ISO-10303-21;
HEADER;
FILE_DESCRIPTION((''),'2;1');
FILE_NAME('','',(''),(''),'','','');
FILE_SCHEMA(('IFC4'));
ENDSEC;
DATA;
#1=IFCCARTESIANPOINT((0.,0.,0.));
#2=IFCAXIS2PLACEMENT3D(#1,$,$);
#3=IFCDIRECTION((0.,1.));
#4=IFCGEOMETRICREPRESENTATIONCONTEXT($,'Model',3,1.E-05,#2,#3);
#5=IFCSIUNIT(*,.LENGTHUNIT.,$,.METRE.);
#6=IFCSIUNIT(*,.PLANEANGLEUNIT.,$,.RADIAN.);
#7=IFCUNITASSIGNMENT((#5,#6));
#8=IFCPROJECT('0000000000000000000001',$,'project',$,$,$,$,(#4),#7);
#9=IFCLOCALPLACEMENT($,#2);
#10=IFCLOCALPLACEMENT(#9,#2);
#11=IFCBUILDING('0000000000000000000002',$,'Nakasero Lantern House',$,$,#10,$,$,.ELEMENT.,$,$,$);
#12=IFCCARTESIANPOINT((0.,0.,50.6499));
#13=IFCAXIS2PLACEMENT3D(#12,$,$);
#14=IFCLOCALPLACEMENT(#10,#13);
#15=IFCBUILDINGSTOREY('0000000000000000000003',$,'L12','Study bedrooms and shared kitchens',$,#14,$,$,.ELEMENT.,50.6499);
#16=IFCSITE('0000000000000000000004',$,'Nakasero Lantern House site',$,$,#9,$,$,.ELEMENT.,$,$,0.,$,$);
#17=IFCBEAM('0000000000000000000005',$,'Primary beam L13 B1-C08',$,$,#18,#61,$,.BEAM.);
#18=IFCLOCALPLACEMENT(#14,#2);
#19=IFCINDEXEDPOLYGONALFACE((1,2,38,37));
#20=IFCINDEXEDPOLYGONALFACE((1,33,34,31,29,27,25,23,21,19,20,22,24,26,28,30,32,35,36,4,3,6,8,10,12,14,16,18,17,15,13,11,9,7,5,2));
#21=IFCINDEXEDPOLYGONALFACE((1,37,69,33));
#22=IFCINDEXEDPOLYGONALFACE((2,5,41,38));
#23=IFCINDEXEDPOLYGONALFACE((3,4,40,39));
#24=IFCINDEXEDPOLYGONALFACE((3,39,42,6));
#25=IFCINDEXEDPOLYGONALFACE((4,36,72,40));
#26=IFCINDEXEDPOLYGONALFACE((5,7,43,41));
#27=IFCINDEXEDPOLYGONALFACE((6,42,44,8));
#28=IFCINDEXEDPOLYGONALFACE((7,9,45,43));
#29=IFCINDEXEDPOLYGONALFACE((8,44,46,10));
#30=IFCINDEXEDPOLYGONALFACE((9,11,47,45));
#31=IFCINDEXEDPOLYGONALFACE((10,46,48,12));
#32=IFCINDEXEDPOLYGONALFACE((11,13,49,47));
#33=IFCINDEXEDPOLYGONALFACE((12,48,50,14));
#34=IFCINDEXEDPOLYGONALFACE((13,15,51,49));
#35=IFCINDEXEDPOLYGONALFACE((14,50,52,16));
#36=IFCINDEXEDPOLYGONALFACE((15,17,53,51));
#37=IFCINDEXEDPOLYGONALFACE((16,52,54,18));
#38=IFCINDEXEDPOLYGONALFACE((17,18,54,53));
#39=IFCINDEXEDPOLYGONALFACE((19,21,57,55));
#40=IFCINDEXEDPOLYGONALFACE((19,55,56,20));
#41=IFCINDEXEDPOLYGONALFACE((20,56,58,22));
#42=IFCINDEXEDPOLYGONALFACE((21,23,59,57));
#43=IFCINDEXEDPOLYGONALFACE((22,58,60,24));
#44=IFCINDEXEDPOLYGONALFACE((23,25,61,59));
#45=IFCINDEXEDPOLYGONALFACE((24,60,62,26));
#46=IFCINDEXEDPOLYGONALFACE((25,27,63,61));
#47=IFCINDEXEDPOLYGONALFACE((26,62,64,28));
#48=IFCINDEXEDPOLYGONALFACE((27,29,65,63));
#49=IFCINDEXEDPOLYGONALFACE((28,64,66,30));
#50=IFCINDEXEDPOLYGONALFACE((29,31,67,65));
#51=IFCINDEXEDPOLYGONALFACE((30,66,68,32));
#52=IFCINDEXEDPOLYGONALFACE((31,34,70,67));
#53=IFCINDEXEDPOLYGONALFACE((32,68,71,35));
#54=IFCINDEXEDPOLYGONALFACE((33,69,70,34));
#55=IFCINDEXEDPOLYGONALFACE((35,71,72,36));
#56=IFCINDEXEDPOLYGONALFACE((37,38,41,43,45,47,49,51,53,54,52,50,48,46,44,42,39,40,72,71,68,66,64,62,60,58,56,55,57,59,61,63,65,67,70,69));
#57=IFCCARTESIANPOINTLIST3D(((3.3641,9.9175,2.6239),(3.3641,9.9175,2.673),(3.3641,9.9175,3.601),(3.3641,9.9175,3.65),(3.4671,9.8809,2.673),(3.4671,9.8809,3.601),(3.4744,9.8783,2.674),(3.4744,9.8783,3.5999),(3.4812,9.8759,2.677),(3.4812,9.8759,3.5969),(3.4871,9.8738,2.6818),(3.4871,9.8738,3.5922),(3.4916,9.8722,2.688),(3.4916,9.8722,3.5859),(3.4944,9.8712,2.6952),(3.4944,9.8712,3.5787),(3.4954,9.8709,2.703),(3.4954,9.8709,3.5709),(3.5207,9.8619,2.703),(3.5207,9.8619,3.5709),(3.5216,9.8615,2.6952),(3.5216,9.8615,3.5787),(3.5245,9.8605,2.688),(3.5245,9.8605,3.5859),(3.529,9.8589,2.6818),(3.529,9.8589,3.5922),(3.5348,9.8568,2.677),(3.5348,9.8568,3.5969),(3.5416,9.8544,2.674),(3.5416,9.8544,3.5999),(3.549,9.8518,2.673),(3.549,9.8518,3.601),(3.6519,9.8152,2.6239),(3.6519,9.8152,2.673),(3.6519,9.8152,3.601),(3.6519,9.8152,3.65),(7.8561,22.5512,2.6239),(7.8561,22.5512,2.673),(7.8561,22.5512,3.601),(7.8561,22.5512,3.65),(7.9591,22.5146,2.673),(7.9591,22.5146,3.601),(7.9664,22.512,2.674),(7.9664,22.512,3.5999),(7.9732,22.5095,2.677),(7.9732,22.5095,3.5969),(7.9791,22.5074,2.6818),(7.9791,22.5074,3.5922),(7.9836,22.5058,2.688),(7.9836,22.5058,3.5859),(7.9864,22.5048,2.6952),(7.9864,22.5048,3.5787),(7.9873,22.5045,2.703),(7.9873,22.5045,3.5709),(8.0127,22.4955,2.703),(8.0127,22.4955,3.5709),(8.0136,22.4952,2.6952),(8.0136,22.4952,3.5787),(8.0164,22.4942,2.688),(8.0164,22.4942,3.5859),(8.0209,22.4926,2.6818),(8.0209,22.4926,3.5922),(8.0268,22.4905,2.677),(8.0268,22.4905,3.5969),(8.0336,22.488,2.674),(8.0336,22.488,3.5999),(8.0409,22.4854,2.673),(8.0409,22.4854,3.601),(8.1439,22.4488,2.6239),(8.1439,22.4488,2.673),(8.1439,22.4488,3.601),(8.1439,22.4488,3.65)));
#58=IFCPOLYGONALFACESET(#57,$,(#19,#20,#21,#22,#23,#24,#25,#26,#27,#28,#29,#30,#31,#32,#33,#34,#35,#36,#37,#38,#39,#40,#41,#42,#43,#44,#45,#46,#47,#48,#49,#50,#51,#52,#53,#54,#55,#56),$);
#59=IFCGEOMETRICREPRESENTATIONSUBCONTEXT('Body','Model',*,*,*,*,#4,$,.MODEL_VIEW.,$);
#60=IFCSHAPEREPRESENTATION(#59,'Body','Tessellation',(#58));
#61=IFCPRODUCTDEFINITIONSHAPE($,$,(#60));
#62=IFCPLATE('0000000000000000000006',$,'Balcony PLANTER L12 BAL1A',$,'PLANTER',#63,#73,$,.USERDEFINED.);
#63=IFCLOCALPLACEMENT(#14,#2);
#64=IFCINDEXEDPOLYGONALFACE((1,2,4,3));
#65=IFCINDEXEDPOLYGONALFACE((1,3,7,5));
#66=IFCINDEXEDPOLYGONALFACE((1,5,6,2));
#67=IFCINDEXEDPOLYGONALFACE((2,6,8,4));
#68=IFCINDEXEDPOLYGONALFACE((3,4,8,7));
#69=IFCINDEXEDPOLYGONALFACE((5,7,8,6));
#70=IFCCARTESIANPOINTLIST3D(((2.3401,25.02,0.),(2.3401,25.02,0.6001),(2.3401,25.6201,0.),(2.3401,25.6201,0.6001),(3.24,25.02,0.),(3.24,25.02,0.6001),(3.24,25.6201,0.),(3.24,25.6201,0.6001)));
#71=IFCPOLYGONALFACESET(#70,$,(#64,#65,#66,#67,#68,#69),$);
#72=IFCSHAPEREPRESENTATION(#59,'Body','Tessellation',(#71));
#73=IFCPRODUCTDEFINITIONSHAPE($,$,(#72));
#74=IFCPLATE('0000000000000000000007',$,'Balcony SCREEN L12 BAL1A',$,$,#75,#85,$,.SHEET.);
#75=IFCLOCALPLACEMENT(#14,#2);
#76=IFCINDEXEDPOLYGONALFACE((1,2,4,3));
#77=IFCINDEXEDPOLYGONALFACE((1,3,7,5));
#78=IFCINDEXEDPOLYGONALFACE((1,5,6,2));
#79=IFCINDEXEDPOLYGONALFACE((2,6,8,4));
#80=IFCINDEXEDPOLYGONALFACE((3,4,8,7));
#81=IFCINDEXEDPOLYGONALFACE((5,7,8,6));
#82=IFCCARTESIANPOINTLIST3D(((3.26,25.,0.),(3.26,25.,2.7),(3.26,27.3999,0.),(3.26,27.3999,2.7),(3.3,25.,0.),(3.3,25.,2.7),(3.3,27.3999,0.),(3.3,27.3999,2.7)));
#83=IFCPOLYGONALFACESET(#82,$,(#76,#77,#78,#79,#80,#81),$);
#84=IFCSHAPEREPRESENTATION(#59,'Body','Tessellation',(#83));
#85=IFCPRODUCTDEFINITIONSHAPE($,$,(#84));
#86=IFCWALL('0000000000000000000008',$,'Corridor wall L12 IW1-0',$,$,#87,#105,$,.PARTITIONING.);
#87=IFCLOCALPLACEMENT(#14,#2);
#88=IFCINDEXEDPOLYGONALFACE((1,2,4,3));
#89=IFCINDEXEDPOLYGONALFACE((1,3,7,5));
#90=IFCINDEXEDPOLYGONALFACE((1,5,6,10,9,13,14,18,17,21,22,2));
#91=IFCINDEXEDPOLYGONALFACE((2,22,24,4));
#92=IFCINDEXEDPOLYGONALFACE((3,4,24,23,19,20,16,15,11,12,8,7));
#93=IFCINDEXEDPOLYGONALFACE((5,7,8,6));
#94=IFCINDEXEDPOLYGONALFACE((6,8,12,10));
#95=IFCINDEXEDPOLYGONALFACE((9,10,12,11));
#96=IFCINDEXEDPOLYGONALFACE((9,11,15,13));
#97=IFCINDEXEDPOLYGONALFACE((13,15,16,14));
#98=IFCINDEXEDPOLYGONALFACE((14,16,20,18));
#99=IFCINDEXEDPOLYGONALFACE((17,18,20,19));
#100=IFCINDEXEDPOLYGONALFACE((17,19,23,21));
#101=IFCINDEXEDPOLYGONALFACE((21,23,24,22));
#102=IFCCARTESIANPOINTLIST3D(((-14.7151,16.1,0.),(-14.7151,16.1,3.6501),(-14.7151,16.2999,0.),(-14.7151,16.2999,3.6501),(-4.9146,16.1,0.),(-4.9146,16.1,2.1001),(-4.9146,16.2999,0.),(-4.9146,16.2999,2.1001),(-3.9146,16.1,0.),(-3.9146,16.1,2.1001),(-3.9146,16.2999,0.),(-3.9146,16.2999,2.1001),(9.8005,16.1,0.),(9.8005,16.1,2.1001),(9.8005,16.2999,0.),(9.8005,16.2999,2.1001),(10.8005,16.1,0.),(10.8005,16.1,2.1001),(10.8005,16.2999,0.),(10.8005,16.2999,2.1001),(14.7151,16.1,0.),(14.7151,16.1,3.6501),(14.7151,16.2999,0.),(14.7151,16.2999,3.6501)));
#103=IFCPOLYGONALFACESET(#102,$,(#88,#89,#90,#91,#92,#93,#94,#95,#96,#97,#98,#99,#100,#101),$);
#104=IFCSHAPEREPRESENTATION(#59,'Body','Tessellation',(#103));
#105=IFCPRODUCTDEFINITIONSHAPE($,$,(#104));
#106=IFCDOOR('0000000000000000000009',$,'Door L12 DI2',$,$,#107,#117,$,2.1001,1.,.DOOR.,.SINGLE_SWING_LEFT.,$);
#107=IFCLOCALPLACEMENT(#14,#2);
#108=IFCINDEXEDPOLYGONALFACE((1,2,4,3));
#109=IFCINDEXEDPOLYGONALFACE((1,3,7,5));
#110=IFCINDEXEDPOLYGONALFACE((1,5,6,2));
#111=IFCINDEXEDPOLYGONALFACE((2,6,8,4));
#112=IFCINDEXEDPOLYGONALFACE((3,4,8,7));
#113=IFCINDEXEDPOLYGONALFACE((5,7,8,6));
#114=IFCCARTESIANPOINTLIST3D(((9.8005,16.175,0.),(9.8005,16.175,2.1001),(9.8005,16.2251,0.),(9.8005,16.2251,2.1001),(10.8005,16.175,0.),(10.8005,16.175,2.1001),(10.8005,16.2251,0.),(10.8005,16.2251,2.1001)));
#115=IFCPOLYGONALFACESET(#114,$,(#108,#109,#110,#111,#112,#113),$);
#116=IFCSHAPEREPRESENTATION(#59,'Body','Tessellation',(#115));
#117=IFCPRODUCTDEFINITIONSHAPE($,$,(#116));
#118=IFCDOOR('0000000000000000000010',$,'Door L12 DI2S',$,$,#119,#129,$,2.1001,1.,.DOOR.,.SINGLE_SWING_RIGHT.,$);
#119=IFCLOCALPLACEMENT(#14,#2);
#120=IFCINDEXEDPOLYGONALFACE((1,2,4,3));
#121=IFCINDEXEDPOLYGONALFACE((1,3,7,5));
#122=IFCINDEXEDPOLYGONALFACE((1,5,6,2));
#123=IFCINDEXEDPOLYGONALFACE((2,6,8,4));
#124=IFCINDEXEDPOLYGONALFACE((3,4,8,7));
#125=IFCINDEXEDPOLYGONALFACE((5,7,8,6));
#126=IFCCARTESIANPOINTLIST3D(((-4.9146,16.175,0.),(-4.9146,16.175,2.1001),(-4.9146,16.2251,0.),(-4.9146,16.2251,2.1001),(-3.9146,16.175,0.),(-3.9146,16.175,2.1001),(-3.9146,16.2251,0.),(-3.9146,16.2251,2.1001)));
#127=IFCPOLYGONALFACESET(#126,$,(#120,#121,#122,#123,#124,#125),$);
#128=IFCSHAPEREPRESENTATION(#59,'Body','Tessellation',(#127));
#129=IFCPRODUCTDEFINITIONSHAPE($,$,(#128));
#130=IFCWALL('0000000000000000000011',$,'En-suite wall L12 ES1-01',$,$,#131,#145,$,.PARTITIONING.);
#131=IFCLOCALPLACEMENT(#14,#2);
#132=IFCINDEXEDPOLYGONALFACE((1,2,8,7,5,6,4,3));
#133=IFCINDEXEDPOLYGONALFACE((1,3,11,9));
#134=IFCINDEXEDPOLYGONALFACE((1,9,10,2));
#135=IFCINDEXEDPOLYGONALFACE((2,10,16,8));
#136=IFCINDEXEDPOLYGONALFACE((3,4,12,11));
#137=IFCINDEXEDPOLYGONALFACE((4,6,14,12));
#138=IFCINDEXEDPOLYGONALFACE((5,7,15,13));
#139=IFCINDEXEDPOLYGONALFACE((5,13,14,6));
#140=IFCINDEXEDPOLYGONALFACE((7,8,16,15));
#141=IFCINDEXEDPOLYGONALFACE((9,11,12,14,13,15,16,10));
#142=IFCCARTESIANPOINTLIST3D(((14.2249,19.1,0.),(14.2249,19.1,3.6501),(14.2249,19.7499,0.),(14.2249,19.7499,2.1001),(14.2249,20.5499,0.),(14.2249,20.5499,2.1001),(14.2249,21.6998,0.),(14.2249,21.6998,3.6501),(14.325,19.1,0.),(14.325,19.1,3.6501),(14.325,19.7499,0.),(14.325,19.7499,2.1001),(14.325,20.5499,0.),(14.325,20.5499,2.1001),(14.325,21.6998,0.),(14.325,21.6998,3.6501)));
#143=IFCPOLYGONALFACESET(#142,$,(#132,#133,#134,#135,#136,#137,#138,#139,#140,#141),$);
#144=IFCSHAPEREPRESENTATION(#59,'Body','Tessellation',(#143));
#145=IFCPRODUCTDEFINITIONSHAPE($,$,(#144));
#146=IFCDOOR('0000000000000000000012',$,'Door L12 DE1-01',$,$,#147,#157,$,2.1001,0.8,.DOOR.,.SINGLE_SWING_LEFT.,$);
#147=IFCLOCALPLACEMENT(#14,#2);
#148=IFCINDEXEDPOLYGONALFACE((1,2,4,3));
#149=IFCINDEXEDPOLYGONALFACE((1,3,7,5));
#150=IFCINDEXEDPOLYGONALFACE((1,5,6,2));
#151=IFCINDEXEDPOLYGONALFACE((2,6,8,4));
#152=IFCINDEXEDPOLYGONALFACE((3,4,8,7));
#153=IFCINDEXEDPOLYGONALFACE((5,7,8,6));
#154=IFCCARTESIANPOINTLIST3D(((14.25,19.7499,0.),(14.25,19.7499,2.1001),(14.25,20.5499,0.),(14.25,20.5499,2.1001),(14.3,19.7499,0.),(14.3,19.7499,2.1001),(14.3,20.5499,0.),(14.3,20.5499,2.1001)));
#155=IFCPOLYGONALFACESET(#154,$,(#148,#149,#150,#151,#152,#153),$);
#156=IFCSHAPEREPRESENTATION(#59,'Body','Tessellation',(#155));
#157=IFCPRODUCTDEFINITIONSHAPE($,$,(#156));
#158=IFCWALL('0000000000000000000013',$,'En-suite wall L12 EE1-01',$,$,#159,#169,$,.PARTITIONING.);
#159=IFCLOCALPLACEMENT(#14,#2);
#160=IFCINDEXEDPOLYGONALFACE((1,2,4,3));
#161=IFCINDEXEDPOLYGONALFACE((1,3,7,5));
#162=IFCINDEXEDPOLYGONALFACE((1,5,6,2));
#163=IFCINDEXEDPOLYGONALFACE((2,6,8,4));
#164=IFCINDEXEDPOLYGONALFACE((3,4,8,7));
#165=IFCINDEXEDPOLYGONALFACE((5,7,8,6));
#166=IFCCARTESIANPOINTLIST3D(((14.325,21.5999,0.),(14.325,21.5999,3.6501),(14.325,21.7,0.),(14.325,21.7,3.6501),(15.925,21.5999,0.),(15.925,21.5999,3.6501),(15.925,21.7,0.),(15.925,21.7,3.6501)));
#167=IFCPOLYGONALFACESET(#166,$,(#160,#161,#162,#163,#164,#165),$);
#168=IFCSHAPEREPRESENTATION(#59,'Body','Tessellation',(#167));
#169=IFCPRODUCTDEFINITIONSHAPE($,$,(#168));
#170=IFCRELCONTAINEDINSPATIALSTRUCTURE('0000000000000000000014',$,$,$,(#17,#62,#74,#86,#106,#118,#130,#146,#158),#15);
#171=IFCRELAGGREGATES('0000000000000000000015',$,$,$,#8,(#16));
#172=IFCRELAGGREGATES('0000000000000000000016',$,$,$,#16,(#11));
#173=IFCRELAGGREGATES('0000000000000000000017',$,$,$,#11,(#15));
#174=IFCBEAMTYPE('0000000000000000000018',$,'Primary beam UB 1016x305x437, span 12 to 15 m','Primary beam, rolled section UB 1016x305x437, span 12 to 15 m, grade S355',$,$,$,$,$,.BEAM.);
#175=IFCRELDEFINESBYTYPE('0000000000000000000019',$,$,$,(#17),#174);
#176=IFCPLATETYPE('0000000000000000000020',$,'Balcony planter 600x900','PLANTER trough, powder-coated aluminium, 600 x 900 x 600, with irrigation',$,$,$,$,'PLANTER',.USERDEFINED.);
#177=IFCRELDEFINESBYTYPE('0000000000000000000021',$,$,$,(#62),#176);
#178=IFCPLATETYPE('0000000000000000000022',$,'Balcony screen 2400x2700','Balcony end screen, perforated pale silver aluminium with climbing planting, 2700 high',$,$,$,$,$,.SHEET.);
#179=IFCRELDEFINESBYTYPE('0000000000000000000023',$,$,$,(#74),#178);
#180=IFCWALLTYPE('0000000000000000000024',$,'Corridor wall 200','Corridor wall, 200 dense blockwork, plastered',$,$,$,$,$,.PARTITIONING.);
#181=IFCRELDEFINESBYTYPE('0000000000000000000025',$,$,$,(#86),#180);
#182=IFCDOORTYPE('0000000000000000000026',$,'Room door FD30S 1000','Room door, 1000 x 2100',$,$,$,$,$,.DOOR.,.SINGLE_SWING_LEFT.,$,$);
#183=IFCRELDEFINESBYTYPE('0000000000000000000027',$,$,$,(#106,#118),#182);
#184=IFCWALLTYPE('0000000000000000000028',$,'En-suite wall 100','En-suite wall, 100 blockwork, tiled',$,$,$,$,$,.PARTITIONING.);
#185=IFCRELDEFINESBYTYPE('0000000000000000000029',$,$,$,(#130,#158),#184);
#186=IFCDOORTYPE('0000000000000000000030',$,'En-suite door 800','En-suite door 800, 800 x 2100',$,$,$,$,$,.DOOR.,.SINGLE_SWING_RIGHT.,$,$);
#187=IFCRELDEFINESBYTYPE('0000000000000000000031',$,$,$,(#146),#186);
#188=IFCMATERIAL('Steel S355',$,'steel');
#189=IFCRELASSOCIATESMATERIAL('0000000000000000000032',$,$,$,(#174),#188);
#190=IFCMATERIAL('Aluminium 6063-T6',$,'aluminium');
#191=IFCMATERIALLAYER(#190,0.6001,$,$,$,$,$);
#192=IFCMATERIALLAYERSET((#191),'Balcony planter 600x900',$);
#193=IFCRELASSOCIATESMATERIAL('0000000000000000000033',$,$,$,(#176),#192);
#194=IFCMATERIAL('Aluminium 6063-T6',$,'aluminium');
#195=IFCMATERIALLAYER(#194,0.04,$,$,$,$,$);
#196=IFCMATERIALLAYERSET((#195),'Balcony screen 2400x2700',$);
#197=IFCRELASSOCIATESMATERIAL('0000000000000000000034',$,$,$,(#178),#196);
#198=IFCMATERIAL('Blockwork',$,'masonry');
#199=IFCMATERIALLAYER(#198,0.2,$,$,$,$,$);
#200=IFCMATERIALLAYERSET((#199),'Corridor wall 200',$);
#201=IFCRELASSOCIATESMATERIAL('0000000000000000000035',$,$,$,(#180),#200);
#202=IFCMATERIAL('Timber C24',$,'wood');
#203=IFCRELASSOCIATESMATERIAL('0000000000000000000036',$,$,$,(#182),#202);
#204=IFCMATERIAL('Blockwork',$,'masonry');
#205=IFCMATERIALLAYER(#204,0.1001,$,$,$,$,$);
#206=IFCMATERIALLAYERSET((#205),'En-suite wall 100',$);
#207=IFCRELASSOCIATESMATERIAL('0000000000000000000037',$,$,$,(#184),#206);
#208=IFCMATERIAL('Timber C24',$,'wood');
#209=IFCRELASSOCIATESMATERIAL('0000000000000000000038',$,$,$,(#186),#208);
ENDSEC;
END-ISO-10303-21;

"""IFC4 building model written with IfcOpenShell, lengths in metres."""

from ifc_helpers import new_model, si_unit, direction, frame, frame_2d, origin, origin_2d, place, context, subcontext, project, spatial, rectangle, i_section, extrude, material, layer, layer_set, material_profile, profile_set, type_object, element, fill, save


model = new_model("IFC4")

# Units and contexts
model_context = context("Model", 3, precision=1e-05, world=origin(), true_north=direction((0.0, 1.0)))
body_context = subcontext(model_context, "Body", "Model", "MODEL_VIEW")
ifc_project = project(units=[si_unit("LENGTHUNIT", "METRE"), si_unit("PLANEANGLEUNIT", "RADIAN")], contexts=[model_context])

# Site, building, storey
site_placement = place(None, origin())
site = spatial("IfcSite", under=ifc_project, at=site_placement, Name="Nakasero Lantern House site", CompositionType="ELEMENT", RefElevation=0.0)
building_placement = place(site_placement, origin())
building = spatial("IfcBuilding", under=site, at=building_placement, Name="Nakasero Lantern House", CompositionType="ELEMENT")
storey_placement = place(building_placement, frame((0.0, 0.0, 50.6499)))
storey = spatial("IfcBuildingStorey", under=building, at=storey_placement, Name="L12", Description="Study bedrooms and shared kitchens", CompositionType="ELEMENT", Elevation=50.6499)

# Beam
ifc_material_1 = material(Name="Steel S355", Category="steel")
ifc_material_profile_1 = material_profile(ifc_material_1, i_section(OverallWidth=0.3054, OverallDepth=1.0261, WebThickness=0.0269, FlangeThickness=0.0491, FilletRadius=0.03, at=origin_2d()), Name="UB 1016x305x437")
ifc_profile_set_1 = profile_set([ifc_material_profile_1], Name="Steel S355")
beam_type_1 = type_object("IfcBeamType", Name="Primary beam UB 1016x305x437, span 12 to 15 m", Description="Primary beam, rolled section UB 1016x305x437, span 12 to 15 m, grade S355", PredefinedType="BEAM", material=ifc_profile_set_1)
beam_1_placement = place(storey_placement, frame((8.0, 22.5, 3.137), z_axis=(-0.335011, -0.942214, 0.0), x_axis=(0.942214, -0.335011, 0.0)))
element("IfcBeam", 1, at=beam_1_placement, inside=storey, type_object=beam_type_1, Name="Primary beam L13 B1-C08", PredefinedType="BEAM", context=body_context, shape_type="SweptSolid", body=[
    extrude(i_section(OverallWidth=0.3054, OverallDepth=1.0261, WebThickness=0.0269, FlangeThickness=0.0491, FilletRadius=0.03, at=origin_2d()), origin(), (0.0, 0.0, 1.0), 13.4084),
])

# Plates
ifc_material_2 = material(Name="Aluminium 6063-T6", Category="aluminium")
ifc_layer_1 = layer(ifc_material_2, 0.6001)
ifc_layer_set_1 = layer_set([ifc_layer_1], Name="Balcony planter 600x900")
plate_type_1 = type_object("IfcPlateType", Name="Balcony planter 600x900", Description="PLANTER trough, powder-coated aluminium, 600 x 900 x 600, with irrigation", ElementType="PLANTER", PredefinedType="USERDEFINED", material=ifc_layer_set_1)
plate_1_placement = place(storey_placement, frame((2.79, 25.3201, 0.0), z_axis=(0.0, 0.0, 1.0), x_axis=(0.0, 1.0, 0.0)))
element("IfcPlate", 2, at=plate_1_placement, inside=storey, type_object=plate_type_1, Name="Balcony PLANTER L12 BAL1A", ObjectType="PLANTER", PredefinedType="USERDEFINED", context=body_context, shape_type="SweptSolid", body=[
    extrude(rectangle(XDim=0.6001, YDim=0.8999, at=origin_2d()), origin(), (0.0, 0.0, 1.0), 0.6001),
])
ifc_material_3 = material(Name="Aluminium 6063-T6", Category="aluminium")
ifc_layer_2 = layer(ifc_material_3, 0.04)
ifc_layer_set_2 = layer_set([ifc_layer_2], Name="Balcony screen 2400x2700")
plate_type_2 = type_object("IfcPlateType", Name="Balcony screen 2400x2700", Description="Balcony end screen, perforated pale silver aluminium with climbing planting, 2700 high", PredefinedType="SHEET", material=ifc_layer_set_2)
plate_2_placement = place(storey_placement, frame((3.28, 26.2, 0.0), z_axis=(0.0, 0.0, 1.0), x_axis=(0.0, 1.0, 0.0)))
element("IfcPlate", 3, at=plate_2_placement, inside=storey, type_object=plate_type_2, Name="Balcony SCREEN L12 BAL1A", PredefinedType="SHEET", context=body_context, shape_type="SweptSolid", body=[
    extrude(rectangle(XDim=2.3999, YDim=0.04, at=origin_2d()), origin(), (0.0, 0.0, 1.0), 2.7),
])

# Wall, openings, doors
ifc_material_4 = material(Name="Blockwork", Category="masonry")
ifc_layer_3 = layer(ifc_material_4, 0.2)
ifc_layer_set_3 = layer_set([ifc_layer_3], Name="Corridor wall 200")
wall_type_1 = type_object("IfcWallType", Name="Corridor wall 200", Description="Corridor wall, 200 dense blockwork, plastered", PredefinedType="PARTITIONING", material=ifc_layer_set_3)
wall_1_placement = place(storey_placement, frame((14.7151, 16.2, 0.0), z_axis=(0.0, 0.0, 1.0), x_axis=(-1.0, 0.0, 0.0)))
wall_1 = element("IfcWall", 4, at=wall_1_placement, inside=storey, type_object=wall_type_1, Name="Corridor wall L12 IW1-0", PredefinedType="PARTITIONING", context=body_context, shape_type="SweptSolid", body=[
    extrude(rectangle(XDim=29.4302, YDim=0.2, at=frame_2d((14.7151, 0.0))), origin(), (0.0, 0.0, 1.0), 3.6501),
])
opening_1_placement = place(wall_1_placement, frame((3.9146, 0.0, 0.0)))
opening_1 = element("IfcOpeningElement", 5, at=opening_1_placement, cuts=wall_1, PredefinedType="OPENING", context=body_context, shape_type="SweptSolid", body=[
    extrude(rectangle(XDim=1.0, YDim=2.1001, at=frame_2d((0.5, 1.05))), frame((0.0, 0.1199, 0.0), z_axis=(0.0, -1.0, 0.0), x_axis=(1.0, 0.0, 0.0)), (0.0, 0.0, 1.0), 0.24),
])
opening_2_placement = place(wall_1_placement, frame((18.6296, 0.0, 0.0)))
opening_2 = element("IfcOpeningElement", 6, at=opening_2_placement, cuts=wall_1, PredefinedType="OPENING", context=body_context, shape_type="SweptSolid", body=[
    extrude(rectangle(XDim=1.0, YDim=2.1001, at=frame_2d((0.5, 1.05))), frame((0.0, 0.1199, 0.0), z_axis=(0.0, -1.0, 0.0), x_axis=(1.0, 0.0, 0.0)), (0.0, 0.0, 1.0), 0.24),
])
ifc_material_5 = material(Name="Timber C24", Category="wood")
door_type_1 = type_object("IfcDoorType", Name="Room door FD30S 1000", Description="Room door, 1000 x 2100", OperationType="SINGLE_SWING_LEFT", PredefinedType="DOOR", material=ifc_material_5)
door_1_placement = place(opening_1_placement, origin())
door_1 = element("IfcDoor", 7, at=door_1_placement, inside=storey, type_object=door_type_1, Name="Door L12 DI2", OperationType="SINGLE_SWING_LEFT", OverallHeight=2.1001, OverallWidth=1.0, PredefinedType="DOOR", context=body_context, shape_type="SweptSolid", body=[
    extrude(rectangle(XDim=1.0, YDim=2.1001, at=frame_2d((0.5, 1.05))), frame((0.0, 0.0249, 0.0), z_axis=(0.0, -1.0, 0.0), x_axis=(1.0, 0.0, 0.0)), (0.0, 0.0, 1.0), 0.05),
])
fill(opening_1, door_1)
door_2_placement = place(opening_2_placement, origin())
door_2 = element("IfcDoor", 8, at=door_2_placement, inside=storey, type_object=door_type_1, Name="Door L12 DI2S", OperationType="SINGLE_SWING_RIGHT", OverallHeight=2.1001, OverallWidth=1.0, PredefinedType="DOOR", context=body_context, shape_type="SweptSolid", body=[
    extrude(rectangle(XDim=1.0, YDim=2.1001, at=frame_2d((0.5, 1.05))), frame((0.0, 0.0249, 0.0), z_axis=(0.0, -1.0, 0.0), x_axis=(1.0, 0.0, 0.0)), (0.0, 0.0, 1.0), 0.05),
])
fill(opening_2, door_2)

# Wall, opening, door
ifc_material_6 = material(Name="Blockwork", Category="masonry")
ifc_layer_4 = layer(ifc_material_6, 0.1001)
ifc_layer_set_4 = layer_set([ifc_layer_4], Name="En-suite wall 100")
wall_type_2 = type_object("IfcWallType", Name="En-suite wall 100", Description="En-suite wall, 100 blockwork, tiled", PredefinedType="PARTITIONING", material=ifc_layer_set_4)
wall_2_placement = place(storey_placement, frame((14.2749, 19.1001, 0.0), z_axis=(0.0, 0.0, 1.0), x_axis=(0.0, 1.0, 0.0)))
wall_2 = element("IfcWall", 9, at=wall_2_placement, inside=storey, type_object=wall_type_2, Name="En-suite wall L12 ES1-01", PredefinedType="PARTITIONING", context=body_context, shape_type="SweptSolid", body=[
    extrude(rectangle(XDim=2.5999, YDim=0.1001, at=frame_2d((1.2998, 0.0))), origin(), (0.0, 0.0, 1.0), 3.6501),
])
opening_3_placement = place(wall_2_placement, frame((0.6499, 0.0, 0.0)))
opening_3 = element("IfcOpeningElement", 10, at=opening_3_placement, cuts=wall_2, PredefinedType="OPENING", context=body_context, shape_type="SweptSolid", body=[
    extrude(rectangle(XDim=0.8, YDim=2.1001, at=frame_2d((0.3999, 1.05))), frame((0.0, 0.0701, 0.0), z_axis=(0.0, -1.0, 0.0), x_axis=(1.0, 0.0, 0.0)), (0.0, 0.0, 1.0), 0.1401),
])
ifc_material_7 = material(Name="Timber C24", Category="wood")
door_type_2 = type_object("IfcDoorType", Name="En-suite door 800", Description="En-suite door 800, 800 x 2100", OperationType="SINGLE_SWING_RIGHT", PredefinedType="DOOR", material=ifc_material_7)
door_3_placement = place(opening_3_placement, origin())
door_3 = element("IfcDoor", 11, at=door_3_placement, inside=storey, type_object=door_type_2, Name="Door L12 DE1-01", OperationType="SINGLE_SWING_LEFT", OverallHeight=2.1001, OverallWidth=0.8, PredefinedType="DOOR", context=body_context, shape_type="SweptSolid", body=[
    extrude(rectangle(XDim=0.8, YDim=2.1001, at=frame_2d((0.3999, 1.05))), frame((0.0, 0.0249, 0.0), z_axis=(0.0, -1.0, 0.0), x_axis=(1.0, 0.0, 0.0)), (0.0, 0.0, 1.0), 0.05),
])
fill(opening_3, door_3)

# Wall
wall_3_placement = place(storey_placement, frame((15.925, 21.6499, 0.0), z_axis=(0.0, 0.0, 1.0), x_axis=(-1.0, 0.0, 0.0)))
element("IfcWall", 12, at=wall_3_placement, inside=storey, type_object=wall_type_2, Name="En-suite wall L12 EE1-01", PredefinedType="PARTITIONING", context=body_context, shape_type="SweptSolid", body=[
    extrude(rectangle(XDim=1.6001, YDim=0.1001, at=frame_2d((0.8, 0.0))), origin(), (0.0, 0.0, 1.0), 3.6501),
])

save(model, "model.ifc")
